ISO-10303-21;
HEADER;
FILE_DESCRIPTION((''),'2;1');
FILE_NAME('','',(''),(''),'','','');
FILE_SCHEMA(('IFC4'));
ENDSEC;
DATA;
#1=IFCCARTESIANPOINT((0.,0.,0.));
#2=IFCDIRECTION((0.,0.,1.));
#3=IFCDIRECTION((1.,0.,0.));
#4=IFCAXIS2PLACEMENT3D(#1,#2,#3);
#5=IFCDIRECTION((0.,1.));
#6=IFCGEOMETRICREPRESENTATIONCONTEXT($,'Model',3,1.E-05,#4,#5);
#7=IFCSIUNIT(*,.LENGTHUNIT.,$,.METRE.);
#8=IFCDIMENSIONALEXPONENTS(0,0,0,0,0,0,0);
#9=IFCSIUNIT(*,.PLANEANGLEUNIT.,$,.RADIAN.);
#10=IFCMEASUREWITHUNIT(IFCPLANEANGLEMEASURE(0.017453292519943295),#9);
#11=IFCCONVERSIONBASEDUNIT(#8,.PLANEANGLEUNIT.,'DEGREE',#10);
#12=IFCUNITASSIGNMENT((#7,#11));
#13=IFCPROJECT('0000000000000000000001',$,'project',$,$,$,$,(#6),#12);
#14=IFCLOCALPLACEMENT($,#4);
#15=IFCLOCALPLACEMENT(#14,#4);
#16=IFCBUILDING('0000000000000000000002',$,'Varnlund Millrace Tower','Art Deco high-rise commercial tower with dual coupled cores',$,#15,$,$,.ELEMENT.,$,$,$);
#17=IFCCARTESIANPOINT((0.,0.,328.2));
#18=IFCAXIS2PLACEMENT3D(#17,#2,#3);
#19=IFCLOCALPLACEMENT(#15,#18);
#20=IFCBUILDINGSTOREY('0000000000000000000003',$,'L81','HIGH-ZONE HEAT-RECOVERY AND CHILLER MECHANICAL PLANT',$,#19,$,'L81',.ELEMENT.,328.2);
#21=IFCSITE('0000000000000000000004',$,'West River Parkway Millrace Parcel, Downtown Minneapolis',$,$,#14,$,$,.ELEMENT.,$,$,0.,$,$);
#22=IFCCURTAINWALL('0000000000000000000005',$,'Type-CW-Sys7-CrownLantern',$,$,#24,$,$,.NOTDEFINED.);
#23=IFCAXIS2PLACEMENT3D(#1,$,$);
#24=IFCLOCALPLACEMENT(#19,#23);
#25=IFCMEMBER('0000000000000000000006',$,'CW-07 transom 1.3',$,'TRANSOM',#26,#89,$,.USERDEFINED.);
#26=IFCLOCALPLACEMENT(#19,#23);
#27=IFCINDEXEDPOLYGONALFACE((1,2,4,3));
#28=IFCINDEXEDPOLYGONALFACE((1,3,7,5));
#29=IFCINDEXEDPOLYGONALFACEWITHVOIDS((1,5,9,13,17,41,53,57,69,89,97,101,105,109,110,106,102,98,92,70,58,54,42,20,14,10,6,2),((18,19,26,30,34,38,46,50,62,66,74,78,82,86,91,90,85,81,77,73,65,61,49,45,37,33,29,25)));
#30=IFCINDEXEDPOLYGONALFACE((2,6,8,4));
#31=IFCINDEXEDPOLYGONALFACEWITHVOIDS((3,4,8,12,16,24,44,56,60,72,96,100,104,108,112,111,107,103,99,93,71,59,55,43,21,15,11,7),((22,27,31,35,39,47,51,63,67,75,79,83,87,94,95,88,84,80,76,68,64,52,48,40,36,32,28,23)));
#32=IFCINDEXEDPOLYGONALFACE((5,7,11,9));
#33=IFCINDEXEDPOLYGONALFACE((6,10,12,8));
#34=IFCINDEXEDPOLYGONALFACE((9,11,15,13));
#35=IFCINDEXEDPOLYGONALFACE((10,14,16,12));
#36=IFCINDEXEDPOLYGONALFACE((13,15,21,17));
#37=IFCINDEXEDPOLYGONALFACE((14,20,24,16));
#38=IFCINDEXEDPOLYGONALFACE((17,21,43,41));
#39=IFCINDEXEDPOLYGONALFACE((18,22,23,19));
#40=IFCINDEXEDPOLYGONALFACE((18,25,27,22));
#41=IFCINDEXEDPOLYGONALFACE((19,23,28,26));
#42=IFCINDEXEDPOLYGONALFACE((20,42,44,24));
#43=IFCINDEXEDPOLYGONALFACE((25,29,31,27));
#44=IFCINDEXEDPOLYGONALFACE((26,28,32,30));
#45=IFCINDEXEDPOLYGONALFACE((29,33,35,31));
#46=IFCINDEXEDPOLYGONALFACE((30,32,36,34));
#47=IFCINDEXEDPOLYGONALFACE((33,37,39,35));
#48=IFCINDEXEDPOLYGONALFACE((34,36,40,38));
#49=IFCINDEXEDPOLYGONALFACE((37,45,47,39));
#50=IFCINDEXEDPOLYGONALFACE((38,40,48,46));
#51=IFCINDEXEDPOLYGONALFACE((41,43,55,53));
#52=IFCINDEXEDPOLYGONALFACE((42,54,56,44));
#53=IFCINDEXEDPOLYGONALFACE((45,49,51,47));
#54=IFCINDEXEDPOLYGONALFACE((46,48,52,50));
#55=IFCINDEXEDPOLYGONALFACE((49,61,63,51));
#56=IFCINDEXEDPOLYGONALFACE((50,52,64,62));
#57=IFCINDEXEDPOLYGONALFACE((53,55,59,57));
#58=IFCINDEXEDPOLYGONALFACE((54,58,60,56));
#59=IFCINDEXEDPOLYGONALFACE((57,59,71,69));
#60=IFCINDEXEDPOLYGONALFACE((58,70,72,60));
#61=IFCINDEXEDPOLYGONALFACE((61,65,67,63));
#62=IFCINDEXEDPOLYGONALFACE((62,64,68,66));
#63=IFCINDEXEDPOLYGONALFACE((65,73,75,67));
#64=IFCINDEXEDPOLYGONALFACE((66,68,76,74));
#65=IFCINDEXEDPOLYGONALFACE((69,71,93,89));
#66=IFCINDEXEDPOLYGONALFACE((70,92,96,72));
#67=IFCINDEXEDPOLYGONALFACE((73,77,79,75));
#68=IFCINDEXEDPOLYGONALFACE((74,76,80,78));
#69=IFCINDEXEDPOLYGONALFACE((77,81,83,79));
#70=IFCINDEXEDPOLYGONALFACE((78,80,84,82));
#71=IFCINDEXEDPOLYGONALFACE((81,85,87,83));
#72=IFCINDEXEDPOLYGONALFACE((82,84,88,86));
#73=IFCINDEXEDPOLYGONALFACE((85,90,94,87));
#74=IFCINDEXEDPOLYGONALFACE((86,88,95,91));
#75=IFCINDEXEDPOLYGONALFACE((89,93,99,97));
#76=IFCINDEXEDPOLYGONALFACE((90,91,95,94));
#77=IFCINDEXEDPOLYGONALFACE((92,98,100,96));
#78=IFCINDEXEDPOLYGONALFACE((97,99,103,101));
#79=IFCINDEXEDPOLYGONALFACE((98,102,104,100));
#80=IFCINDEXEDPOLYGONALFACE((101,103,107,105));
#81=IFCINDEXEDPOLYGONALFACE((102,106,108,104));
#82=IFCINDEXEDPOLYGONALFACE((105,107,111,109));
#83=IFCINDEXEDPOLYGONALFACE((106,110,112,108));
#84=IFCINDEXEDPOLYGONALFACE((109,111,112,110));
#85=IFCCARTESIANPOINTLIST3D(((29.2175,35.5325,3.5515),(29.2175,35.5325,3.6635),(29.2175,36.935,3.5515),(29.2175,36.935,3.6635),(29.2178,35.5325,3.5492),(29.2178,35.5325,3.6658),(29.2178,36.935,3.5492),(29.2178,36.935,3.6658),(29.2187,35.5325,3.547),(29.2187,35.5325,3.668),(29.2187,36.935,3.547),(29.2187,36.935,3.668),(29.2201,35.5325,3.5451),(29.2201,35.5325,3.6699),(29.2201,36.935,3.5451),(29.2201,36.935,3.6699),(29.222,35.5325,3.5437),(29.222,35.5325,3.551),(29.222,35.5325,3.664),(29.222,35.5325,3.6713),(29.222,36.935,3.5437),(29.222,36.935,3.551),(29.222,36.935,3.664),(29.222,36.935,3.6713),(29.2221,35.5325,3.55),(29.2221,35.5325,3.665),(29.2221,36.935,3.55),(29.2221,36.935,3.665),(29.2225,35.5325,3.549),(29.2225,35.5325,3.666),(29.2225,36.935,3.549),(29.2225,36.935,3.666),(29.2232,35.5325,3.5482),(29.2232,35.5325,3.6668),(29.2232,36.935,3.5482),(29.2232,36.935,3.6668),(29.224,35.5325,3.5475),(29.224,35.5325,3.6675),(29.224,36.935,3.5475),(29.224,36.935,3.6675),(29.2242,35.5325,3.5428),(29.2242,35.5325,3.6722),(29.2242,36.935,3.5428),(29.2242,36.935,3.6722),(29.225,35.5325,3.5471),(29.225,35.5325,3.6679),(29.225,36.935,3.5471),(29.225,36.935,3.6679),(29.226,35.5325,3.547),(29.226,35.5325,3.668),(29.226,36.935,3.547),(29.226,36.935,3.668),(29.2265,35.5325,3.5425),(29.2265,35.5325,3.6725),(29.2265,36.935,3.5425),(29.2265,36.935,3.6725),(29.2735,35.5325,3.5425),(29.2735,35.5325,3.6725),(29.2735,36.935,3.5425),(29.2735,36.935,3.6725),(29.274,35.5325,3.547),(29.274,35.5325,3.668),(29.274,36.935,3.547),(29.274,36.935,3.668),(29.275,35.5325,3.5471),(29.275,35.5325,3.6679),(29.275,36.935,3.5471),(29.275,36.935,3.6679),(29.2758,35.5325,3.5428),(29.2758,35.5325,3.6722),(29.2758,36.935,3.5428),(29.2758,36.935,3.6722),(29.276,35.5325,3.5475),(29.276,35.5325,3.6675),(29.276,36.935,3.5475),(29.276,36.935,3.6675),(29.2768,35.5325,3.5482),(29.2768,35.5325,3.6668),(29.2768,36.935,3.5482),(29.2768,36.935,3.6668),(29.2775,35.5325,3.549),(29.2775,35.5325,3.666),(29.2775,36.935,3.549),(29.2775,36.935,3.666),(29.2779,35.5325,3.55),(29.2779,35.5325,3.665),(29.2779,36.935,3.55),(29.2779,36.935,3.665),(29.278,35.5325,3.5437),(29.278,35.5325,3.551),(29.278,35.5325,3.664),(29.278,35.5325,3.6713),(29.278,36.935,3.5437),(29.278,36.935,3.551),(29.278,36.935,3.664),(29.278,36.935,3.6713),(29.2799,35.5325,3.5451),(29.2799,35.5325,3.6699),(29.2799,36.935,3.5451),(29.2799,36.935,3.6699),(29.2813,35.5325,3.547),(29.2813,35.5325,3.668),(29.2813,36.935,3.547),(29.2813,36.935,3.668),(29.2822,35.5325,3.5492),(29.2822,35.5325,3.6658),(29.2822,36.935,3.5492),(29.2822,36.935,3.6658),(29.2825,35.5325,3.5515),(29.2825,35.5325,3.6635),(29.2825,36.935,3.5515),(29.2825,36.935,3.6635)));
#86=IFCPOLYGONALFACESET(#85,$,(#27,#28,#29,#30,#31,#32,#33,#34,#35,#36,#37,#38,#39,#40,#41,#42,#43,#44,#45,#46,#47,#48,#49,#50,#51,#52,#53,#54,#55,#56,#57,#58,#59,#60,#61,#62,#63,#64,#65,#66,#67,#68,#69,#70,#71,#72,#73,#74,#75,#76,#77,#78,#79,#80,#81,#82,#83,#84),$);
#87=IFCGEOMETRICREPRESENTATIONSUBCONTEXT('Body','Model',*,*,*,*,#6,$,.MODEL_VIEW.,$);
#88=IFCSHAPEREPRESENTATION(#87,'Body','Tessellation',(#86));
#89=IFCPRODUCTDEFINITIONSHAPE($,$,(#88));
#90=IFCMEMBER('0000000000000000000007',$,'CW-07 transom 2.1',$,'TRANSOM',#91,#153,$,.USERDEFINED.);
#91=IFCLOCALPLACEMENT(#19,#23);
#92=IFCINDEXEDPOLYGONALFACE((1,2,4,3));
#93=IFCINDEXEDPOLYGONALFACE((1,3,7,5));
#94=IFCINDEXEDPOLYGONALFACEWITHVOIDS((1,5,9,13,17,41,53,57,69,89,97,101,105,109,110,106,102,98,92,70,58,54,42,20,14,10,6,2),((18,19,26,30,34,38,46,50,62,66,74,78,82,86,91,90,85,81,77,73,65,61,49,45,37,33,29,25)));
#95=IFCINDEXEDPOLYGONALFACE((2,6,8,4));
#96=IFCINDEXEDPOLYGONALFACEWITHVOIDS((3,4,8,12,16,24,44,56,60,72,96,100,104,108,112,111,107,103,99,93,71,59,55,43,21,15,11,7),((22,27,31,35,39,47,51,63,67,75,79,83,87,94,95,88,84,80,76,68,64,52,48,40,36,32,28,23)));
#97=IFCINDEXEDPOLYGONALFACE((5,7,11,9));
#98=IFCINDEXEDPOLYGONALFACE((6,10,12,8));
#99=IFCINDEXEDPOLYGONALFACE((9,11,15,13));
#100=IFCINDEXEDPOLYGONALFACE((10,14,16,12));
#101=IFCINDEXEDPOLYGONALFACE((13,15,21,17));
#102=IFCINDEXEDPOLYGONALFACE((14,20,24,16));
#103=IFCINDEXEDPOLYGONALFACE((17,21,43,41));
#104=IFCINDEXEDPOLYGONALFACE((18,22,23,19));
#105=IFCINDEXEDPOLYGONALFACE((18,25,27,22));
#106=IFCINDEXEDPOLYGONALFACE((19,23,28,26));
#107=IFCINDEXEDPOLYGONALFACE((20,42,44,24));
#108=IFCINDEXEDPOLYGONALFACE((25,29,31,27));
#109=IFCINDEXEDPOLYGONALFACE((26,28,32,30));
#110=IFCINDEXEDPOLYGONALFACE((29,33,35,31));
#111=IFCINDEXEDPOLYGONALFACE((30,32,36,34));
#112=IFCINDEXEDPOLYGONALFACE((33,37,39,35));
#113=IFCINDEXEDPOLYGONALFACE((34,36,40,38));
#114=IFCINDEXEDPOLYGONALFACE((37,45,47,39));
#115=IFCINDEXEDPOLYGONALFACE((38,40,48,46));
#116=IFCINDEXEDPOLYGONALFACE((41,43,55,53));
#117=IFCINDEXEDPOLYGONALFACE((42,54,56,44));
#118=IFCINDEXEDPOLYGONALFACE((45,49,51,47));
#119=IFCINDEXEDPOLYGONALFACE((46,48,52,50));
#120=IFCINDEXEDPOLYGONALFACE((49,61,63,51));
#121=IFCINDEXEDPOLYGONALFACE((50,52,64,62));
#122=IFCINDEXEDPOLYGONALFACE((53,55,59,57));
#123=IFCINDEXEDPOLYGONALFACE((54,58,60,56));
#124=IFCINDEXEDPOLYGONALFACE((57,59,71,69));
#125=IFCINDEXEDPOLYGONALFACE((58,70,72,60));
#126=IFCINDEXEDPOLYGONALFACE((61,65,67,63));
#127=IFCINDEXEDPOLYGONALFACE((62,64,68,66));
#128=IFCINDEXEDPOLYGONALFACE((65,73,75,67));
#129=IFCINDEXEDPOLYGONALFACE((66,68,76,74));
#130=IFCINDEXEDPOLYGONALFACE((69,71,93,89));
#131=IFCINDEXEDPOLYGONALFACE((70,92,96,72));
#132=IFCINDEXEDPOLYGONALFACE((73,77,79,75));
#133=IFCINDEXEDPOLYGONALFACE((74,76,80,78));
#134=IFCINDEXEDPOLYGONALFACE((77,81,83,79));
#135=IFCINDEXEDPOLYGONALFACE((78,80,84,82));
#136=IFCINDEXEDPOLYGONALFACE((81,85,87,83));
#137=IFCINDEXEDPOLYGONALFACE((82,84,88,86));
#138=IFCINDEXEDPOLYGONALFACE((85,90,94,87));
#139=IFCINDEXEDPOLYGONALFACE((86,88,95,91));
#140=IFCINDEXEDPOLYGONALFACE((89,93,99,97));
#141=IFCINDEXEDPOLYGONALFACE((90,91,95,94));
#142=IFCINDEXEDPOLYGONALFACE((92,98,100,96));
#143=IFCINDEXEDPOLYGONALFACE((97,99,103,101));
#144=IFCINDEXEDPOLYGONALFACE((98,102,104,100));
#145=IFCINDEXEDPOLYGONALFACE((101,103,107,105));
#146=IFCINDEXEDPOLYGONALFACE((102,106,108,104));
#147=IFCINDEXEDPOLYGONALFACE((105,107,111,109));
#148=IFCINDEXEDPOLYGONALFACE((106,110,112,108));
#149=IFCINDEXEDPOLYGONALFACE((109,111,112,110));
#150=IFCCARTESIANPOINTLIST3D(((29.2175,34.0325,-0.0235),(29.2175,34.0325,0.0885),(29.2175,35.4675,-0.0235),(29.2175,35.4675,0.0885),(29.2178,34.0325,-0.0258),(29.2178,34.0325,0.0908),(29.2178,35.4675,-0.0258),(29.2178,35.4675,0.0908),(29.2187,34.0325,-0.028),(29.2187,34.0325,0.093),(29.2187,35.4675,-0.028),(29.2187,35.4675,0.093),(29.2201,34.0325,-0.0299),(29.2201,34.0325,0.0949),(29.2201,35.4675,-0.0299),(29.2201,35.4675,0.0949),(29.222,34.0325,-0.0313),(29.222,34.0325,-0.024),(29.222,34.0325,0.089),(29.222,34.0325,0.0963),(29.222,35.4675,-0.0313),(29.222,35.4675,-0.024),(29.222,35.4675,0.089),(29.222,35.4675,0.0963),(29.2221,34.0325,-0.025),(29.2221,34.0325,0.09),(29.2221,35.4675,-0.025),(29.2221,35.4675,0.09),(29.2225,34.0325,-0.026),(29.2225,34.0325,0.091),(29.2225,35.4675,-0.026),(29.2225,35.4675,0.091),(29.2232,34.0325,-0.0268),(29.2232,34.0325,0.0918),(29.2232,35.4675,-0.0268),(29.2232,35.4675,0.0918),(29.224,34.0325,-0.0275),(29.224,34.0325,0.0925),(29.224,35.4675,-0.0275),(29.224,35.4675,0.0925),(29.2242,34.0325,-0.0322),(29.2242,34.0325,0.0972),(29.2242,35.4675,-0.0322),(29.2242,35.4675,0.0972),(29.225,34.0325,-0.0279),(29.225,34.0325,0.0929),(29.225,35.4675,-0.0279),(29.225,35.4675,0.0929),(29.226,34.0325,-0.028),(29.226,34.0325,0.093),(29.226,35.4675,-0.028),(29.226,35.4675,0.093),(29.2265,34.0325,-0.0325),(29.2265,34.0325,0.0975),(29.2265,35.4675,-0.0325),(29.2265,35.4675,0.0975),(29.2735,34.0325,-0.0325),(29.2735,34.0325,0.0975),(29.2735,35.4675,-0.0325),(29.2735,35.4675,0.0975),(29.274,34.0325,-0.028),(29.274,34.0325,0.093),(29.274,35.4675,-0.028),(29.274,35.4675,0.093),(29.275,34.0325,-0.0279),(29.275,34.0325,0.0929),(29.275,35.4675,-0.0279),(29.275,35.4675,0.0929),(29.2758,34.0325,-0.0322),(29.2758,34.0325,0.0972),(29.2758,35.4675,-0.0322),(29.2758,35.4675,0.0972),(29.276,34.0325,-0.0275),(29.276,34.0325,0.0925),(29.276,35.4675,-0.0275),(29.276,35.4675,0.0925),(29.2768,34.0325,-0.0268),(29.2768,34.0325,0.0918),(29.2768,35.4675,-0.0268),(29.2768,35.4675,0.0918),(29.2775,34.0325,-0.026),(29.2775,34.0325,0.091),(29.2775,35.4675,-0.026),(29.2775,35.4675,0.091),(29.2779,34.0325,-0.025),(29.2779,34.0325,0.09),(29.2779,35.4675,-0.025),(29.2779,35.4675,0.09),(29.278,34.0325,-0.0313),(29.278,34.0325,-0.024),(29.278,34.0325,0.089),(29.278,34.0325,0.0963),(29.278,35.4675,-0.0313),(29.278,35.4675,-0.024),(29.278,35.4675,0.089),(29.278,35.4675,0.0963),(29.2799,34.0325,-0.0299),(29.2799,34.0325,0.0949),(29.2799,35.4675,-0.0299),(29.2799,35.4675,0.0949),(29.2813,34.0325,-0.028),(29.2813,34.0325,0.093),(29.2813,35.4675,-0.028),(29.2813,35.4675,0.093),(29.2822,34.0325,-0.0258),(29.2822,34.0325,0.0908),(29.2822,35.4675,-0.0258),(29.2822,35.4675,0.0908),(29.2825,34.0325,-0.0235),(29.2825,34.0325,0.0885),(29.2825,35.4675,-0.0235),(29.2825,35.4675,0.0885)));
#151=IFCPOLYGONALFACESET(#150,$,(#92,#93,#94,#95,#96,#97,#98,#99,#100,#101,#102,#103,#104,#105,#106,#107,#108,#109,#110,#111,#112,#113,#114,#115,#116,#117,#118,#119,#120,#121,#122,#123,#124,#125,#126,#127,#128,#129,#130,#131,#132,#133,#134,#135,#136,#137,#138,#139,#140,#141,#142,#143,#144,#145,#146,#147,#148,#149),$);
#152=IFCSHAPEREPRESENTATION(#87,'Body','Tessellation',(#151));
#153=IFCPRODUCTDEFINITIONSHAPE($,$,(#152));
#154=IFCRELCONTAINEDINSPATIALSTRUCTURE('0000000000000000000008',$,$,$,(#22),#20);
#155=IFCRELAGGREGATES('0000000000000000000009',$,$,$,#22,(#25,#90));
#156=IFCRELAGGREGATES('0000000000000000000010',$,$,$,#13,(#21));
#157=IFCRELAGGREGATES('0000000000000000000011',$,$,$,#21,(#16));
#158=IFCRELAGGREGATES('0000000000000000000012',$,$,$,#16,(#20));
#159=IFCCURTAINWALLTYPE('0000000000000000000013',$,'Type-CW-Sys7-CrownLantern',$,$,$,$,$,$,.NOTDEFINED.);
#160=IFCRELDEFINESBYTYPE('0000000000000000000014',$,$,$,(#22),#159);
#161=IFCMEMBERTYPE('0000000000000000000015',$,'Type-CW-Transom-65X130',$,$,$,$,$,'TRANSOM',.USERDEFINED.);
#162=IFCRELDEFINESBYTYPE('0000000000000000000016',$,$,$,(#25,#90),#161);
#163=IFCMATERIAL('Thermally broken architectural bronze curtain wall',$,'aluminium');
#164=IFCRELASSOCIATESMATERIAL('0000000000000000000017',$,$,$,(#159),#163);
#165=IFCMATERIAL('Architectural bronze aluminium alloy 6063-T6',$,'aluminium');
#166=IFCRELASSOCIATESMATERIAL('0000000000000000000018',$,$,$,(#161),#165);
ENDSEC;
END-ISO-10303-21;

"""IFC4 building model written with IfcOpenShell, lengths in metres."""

from ifc_helpers import new_model, entity, si_unit, converted_unit, direction, frame, origin_with_axes, origin_2d_with_axis, place, context, subcontext, project, spatial, hollow_rectangle, extrude, material, material_profile, profile_set, type_object, element, aggregate, save


model = new_model("IFC4")

# Units and contexts
model_context = context("Model", 3, precision=1e-05, world=origin_with_axes(), true_north=direction((0.0, 1.0)))
body_context = subcontext(model_context, "Body", "Model", "MODEL_VIEW")
ifc_project = project(units=[si_unit("LENGTHUNIT", "METRE"), converted_unit("PLANEANGLEUNIT", "DEGREE", entity("IfcPlaneAngleMeasure", 0.017453292519943295), si_unit("PLANEANGLEUNIT", "RADIAN"), dimensions=[0, 0, 0, 0, 0, 0, 0])], contexts=[model_context])

# Site, building, storey
site_placement = place(None, origin_with_axes())
site = spatial("IfcSite", under=ifc_project, at=site_placement, Name="West River Parkway Millrace Parcel, Downtown Minneapolis", CompositionType="ELEMENT", RefElevation=0.0)
building_placement = place(site_placement, origin_with_axes())
building = spatial("IfcBuilding", under=site, at=building_placement, Name="Varnlund Millrace Tower", Description="Art Deco high-rise commercial tower with dual coupled cores", CompositionType="ELEMENT")
storey_placement = place(building_placement, frame((0.0, 0.0, 328.2), z_axis=(0.0, 0.0, 1.0), x_axis=(1.0, 0.0, 0.0)))
storey = spatial("IfcBuildingStorey", under=building, at=storey_placement, Name="L81", Description="HIGH-ZONE HEAT-RECOVERY AND CHILLER MECHANICAL PLANT", LongName="L81", CompositionType="ELEMENT", Elevation=328.2)

# Curtain wall, members
ifc_material_1 = material(Name="Thermally broken architectural bronze curtain wall", Category="aluminium")
curtain_wall_type = type_object("IfcCurtainWallType", Name="Type-CW-Sys7-CrownLantern", PredefinedType="NOTDEFINED", material=ifc_material_1)
curtain_wall_1_placement = place(storey_placement, frame((29.25, 37.0, 0.0), z_axis=(0.0, 0.0, 1.0), x_axis=(1.0, 0.0, 0.0)))
curtain_wall_1 = element("IfcCurtainWall", 1, at=curtain_wall_1_placement, inside=storey, type_object=curtain_wall_type, Name="Type-CW-Sys7-CrownLantern", PredefinedType="NOTDEFINED")
ifc_material_2 = material(Name="Architectural bronze aluminium alloy 6063-T6", Category="aluminium")
ifc_material_profile_1 = material_profile(ifc_material_2, hollow_rectangle(XDim=0.065, YDim=0.13, WallThickness=0.0045, InnerFilletRadius=0.004, OuterFilletRadius=0.009, at=origin_2d_with_axis()), Name="Architectural bronze aluminium alloy 6063-T6")
ifc_profile_set_1 = profile_set([ifc_material_profile_1], Name="Architectural bronze aluminium alloy 6063-T6")
member_type = type_object("IfcMemberType", Name="Type-CW-Transom-65X130", ElementType="TRANSOM", PredefinedType="USERDEFINED", material=ifc_profile_set_1)
member_1_placement = place(storey_placement, frame((29.25, 36.935, 3.6075), z_axis=(0.0, -1.0, 0.0), x_axis=(1.0, 0.0, 0.0)))
member_1 = element("IfcMember", 2, at=member_1_placement, type_object=member_type, Name="CW-07 transom 1.3", ObjectType="TRANSOM", PredefinedType="USERDEFINED", context=body_context, shape_type="SweptSolid", body=[
    extrude(hollow_rectangle(XDim=0.065, YDim=0.13, WallThickness=0.0045, InnerFilletRadius=0.004, OuterFilletRadius=0.009, at=origin_2d_with_axis()), origin_with_axes(), (0.0, 0.0, 1.0), 1.4025),
])
member_2_placement = place(storey_placement, frame((29.25, 35.4675, 0.0325), z_axis=(0.0, -1.0, 0.0), x_axis=(1.0, 0.0, 0.0)))
member_2 = element("IfcMember", 3, at=member_2_placement, type_object=member_type, Name="CW-07 transom 2.1", ObjectType="TRANSOM", PredefinedType="USERDEFINED", context=body_context, shape_type="SweptSolid", body=[
    extrude(hollow_rectangle(XDim=0.065, YDim=0.13, WallThickness=0.0045, InnerFilletRadius=0.004, OuterFilletRadius=0.009, at=origin_2d_with_axis()), origin_with_axes(), (0.0, 0.0, 1.0), 1.435),
])

aggregate(curtain_wall_1, [member_1, member_2])

save(model, "model.ifc")
